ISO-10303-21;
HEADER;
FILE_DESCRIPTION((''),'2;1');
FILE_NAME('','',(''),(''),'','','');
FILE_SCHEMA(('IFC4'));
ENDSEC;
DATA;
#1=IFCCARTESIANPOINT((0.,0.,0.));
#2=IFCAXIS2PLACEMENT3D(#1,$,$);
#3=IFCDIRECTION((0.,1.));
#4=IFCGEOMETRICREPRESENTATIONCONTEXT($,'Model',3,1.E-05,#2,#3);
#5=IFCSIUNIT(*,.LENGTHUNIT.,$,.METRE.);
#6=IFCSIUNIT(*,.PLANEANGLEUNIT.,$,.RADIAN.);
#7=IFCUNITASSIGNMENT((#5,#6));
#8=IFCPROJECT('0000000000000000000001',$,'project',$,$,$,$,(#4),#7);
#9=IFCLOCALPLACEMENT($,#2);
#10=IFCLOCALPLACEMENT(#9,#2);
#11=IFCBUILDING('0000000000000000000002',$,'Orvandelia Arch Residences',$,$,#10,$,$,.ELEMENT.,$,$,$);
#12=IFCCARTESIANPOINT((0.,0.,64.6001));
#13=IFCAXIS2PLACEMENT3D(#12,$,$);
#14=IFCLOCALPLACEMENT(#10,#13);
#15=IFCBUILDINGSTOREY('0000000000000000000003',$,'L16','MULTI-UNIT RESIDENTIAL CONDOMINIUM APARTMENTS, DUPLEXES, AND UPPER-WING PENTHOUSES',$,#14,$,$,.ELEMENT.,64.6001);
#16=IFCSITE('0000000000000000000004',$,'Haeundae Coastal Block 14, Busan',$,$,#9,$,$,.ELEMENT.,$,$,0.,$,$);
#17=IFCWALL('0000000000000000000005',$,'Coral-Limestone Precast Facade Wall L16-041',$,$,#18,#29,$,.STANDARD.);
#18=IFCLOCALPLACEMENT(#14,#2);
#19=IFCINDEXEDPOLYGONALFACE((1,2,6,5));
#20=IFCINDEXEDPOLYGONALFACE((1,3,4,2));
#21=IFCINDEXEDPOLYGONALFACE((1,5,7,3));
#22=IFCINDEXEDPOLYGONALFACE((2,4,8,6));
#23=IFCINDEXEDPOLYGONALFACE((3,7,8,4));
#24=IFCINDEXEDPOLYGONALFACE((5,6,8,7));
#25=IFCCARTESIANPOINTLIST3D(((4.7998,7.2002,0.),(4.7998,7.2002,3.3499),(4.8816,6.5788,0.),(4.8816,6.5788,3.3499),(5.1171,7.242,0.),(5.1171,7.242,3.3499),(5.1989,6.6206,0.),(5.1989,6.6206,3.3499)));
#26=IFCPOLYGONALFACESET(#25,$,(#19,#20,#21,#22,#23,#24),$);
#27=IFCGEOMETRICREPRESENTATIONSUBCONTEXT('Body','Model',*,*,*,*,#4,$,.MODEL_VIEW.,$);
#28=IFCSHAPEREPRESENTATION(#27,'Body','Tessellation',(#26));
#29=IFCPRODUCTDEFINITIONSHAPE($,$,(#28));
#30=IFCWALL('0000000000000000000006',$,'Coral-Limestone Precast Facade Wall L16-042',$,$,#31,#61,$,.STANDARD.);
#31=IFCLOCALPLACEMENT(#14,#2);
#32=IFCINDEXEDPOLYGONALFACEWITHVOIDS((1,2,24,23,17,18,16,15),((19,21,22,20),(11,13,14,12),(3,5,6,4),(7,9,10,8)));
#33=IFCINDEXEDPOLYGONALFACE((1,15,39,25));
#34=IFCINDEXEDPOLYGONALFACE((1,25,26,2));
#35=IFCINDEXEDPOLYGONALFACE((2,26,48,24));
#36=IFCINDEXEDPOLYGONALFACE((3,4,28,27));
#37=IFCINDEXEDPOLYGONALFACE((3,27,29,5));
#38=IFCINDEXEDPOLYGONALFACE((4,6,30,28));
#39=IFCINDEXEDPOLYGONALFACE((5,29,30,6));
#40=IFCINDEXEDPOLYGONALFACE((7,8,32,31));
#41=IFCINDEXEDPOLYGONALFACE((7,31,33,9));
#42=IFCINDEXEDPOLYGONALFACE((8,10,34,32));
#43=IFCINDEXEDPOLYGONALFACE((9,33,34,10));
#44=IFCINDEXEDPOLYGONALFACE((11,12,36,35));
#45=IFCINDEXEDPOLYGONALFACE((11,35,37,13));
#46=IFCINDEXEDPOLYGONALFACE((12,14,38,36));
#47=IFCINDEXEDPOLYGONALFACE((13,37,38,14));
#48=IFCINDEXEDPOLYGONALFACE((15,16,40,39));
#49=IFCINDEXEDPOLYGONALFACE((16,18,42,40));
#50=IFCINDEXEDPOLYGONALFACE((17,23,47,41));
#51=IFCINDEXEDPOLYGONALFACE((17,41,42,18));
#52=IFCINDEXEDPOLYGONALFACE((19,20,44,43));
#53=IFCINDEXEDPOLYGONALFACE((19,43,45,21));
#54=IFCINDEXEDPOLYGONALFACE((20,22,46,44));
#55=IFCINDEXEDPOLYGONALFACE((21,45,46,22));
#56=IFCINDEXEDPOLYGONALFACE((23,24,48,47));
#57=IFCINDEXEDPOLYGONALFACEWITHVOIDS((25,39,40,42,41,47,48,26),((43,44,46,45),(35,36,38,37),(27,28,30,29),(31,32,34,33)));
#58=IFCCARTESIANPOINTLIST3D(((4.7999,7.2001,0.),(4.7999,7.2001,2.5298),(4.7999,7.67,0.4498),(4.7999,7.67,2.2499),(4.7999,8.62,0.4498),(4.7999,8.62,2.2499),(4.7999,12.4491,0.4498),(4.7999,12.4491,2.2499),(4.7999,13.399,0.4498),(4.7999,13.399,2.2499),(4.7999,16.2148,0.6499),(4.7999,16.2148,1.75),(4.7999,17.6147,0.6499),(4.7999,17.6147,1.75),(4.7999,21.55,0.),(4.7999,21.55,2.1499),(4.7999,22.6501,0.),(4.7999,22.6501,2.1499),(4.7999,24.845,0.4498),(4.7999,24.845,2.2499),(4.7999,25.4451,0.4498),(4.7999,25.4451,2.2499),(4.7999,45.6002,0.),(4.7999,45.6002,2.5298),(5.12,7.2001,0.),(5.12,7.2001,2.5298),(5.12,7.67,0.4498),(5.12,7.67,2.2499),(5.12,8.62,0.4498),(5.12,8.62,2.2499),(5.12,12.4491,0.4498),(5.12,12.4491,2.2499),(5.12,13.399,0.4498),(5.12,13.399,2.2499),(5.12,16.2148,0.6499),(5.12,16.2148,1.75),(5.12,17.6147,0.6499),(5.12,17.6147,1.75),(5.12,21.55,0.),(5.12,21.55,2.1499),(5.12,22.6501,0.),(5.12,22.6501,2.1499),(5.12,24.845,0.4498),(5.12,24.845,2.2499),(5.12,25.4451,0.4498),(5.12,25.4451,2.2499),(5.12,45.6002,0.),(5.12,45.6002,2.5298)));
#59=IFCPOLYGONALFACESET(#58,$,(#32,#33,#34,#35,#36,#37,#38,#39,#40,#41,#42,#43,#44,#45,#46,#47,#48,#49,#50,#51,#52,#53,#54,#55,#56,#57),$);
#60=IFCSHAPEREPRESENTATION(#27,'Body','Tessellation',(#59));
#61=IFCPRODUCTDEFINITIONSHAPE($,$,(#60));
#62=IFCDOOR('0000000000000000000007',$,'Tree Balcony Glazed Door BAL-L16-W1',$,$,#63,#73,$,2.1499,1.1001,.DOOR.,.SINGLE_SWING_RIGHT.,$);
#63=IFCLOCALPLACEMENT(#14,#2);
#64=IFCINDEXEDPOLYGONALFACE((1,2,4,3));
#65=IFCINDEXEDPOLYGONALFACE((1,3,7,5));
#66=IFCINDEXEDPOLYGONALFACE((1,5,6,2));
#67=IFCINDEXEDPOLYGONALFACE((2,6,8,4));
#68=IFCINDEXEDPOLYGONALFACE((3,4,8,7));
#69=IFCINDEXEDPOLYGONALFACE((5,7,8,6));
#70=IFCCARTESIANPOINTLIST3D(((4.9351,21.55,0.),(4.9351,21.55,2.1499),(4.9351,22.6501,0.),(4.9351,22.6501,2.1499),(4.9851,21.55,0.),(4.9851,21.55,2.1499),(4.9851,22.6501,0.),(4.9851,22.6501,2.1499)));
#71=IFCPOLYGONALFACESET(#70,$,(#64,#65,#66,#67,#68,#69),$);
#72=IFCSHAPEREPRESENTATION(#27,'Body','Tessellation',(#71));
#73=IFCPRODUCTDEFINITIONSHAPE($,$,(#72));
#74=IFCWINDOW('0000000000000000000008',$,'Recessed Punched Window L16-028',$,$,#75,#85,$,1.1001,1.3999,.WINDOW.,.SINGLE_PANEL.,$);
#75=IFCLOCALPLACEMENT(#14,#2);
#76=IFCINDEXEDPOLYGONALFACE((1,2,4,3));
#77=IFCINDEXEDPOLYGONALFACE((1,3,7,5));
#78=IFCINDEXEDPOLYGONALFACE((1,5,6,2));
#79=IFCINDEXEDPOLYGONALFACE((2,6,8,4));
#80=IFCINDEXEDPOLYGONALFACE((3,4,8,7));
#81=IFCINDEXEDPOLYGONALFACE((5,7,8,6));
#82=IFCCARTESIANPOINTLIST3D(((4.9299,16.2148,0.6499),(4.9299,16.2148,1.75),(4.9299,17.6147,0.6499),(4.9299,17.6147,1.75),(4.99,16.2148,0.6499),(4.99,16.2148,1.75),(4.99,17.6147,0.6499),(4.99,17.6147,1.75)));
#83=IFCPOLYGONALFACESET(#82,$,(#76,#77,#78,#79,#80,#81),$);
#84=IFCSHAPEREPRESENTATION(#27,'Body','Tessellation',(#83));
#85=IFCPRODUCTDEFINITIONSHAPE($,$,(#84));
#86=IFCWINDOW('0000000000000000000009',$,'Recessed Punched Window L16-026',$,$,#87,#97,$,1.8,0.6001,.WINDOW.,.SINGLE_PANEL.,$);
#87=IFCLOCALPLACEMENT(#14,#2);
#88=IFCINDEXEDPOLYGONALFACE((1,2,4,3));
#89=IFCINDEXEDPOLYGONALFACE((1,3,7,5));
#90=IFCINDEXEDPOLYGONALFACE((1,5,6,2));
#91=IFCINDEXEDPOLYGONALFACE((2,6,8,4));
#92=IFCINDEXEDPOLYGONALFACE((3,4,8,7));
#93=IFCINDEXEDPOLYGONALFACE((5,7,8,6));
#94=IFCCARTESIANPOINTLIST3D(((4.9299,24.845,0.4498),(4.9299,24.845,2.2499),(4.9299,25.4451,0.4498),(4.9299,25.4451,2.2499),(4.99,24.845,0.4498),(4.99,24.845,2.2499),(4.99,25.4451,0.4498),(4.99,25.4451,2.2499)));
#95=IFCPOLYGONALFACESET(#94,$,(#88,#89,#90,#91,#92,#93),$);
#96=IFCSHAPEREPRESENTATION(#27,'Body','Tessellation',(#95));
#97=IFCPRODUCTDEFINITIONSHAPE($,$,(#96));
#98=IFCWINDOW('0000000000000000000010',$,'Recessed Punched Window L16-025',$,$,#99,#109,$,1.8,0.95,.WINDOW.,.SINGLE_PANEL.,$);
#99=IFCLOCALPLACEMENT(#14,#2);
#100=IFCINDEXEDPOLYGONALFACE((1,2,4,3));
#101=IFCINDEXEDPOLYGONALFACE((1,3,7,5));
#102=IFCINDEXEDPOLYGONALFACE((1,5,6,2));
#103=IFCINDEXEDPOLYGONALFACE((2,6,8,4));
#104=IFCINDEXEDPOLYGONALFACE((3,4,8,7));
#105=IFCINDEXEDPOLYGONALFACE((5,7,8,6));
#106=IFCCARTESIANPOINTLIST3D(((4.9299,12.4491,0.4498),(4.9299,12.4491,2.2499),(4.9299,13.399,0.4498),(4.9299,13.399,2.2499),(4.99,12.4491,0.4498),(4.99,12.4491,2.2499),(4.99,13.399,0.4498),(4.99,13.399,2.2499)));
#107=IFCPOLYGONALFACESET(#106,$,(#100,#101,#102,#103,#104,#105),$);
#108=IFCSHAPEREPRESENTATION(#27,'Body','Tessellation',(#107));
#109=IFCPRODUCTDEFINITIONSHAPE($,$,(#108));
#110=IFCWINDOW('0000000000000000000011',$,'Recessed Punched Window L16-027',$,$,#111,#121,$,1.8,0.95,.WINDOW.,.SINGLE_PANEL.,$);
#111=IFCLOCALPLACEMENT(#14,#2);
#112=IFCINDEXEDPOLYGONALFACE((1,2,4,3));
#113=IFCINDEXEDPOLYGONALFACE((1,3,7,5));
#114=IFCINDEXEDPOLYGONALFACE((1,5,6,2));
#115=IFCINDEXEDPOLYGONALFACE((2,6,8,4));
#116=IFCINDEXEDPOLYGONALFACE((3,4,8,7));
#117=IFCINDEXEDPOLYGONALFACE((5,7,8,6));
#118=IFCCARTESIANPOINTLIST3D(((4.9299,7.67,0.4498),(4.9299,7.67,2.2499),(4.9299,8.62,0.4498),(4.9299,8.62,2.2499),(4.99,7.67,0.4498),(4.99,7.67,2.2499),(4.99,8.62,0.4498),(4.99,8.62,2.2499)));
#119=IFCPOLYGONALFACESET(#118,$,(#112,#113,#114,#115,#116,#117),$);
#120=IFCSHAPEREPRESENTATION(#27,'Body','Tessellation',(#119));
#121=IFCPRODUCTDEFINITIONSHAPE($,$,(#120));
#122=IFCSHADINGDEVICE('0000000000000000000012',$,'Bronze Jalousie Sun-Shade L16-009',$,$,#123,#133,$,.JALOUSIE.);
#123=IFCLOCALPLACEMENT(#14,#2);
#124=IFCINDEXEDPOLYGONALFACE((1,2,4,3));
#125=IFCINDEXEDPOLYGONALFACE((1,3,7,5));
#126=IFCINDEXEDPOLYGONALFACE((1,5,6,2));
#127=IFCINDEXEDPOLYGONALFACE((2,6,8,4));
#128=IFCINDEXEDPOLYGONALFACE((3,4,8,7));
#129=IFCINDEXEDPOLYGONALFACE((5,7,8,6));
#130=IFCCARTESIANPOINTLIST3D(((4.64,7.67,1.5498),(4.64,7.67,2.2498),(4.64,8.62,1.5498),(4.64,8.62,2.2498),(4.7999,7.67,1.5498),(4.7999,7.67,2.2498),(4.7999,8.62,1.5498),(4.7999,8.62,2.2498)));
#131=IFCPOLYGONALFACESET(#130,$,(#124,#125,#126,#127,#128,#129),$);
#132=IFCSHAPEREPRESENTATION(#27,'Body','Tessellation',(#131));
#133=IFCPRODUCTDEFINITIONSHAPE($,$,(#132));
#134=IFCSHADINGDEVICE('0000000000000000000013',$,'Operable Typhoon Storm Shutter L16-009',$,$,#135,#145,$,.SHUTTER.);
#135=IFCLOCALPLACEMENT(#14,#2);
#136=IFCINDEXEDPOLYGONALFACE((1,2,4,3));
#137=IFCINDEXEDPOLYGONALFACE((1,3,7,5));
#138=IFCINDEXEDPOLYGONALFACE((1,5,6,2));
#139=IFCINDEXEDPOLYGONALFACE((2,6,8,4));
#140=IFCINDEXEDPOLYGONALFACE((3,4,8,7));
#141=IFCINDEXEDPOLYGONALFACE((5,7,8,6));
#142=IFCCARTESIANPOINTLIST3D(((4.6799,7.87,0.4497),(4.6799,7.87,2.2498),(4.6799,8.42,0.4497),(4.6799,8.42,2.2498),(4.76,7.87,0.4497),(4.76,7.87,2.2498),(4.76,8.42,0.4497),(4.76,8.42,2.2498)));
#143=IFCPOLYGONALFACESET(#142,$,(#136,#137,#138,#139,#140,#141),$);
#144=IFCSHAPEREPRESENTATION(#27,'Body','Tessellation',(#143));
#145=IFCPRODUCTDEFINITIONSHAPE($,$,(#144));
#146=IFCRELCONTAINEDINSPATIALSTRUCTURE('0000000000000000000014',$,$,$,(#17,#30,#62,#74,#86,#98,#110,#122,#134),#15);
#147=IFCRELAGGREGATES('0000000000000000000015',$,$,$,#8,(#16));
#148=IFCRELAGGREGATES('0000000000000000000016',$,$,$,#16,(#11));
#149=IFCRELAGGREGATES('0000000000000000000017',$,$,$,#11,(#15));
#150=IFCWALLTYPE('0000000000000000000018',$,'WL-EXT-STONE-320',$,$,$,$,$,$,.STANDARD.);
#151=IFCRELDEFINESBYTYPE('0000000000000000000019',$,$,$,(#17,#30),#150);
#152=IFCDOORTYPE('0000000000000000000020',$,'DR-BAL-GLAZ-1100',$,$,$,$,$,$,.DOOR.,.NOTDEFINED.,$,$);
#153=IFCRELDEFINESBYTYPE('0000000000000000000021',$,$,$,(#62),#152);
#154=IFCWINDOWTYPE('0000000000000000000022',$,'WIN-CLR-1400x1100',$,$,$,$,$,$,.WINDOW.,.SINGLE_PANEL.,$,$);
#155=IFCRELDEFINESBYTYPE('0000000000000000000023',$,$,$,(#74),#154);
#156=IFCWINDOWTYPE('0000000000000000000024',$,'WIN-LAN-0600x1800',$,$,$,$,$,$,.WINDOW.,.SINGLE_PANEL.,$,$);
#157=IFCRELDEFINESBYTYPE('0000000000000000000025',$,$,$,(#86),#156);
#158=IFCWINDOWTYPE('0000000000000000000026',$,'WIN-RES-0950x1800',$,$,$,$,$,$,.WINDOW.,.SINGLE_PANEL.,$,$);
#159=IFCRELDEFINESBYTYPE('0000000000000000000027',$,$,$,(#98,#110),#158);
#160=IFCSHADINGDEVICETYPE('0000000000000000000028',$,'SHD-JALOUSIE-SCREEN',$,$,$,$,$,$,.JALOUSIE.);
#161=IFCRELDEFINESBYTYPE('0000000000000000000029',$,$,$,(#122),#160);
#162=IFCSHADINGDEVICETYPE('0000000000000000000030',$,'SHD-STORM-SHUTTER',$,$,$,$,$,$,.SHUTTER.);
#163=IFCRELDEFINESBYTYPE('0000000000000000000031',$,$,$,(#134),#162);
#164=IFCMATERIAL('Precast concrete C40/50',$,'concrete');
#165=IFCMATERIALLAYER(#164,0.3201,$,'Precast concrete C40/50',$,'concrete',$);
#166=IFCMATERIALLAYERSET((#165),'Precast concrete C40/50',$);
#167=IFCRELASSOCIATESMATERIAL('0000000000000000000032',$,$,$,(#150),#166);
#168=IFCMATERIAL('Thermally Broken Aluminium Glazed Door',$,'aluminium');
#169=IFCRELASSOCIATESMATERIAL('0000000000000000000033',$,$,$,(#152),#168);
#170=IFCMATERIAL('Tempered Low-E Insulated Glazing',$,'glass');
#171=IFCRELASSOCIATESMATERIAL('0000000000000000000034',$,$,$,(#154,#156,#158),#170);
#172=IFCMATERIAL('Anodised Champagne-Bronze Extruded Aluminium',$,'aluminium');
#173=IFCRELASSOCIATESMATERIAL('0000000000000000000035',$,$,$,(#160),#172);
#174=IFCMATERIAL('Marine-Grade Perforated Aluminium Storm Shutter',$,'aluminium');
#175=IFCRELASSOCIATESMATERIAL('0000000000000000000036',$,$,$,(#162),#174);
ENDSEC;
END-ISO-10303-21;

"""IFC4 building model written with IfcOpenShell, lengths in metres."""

from ifc_helpers import new_model, si_unit, direction, frame, frame_2d, origin, origin_2d, place, context, subcontext, project, spatial, rectangle, extrude, material, layer, layer_set, type_object, element, fill, save


model = new_model("IFC4")

# Units and contexts
model_context = context("Model", 3, precision=1e-05, world=origin(), true_north=direction((0.0, 1.0)))
body_context = subcontext(model_context, "Body", "Model", "MODEL_VIEW")
ifc_project = project(units=[si_unit("LENGTHUNIT", "METRE"), si_unit("PLANEANGLEUNIT", "RADIAN")], contexts=[model_context])

# Site, building, storey
site_placement = place(None, origin())
site = spatial("IfcSite", under=ifc_project, at=site_placement, Name="Haeundae Coastal Block 14, Busan", CompositionType="ELEMENT", RefElevation=0.0)
building_placement = place(site_placement, origin())
building = spatial("IfcBuilding", under=site, at=building_placement, Name="Orvandelia Arch Residences", CompositionType="ELEMENT")
storey_placement = place(building_placement, frame((0.0, 0.0, 64.6001)))
storey = spatial("IfcBuildingStorey", under=building, at=storey_placement, Name="L16", Description="MULTI-UNIT RESIDENTIAL CONDOMINIUM APARTMENTS, DUPLEXES, AND UPPER-WING PENTHOUSES", CompositionType="ELEMENT", Elevation=64.6001)

# Shared definitions
ifc_material_1 = material(Name="Precast concrete C40/50", Category="concrete")

# Wall
ifc_layer_1 = layer(ifc_material_1, 0.3201, Name="Precast concrete C40/50", Category="concrete")
ifc_layer_set_1 = layer_set([ifc_layer_1], Name="Precast concrete C40/50")
wall_type_1 = type_object("IfcWallType", Name="WL-EXT-STONE-320", PredefinedType="STANDARD", material=ifc_layer_set_1)
wall_1_placement = place(storey_placement, frame((5.0403, 6.5996, 0.0), z_axis=(0.0, 0.0, 1.0), x_axis=(-0.130505, 0.991448, 0.0)))
element("IfcWall", 1, at=wall_1_placement, inside=storey, type_object=wall_type_1, Name="Coral-Limestone Precast Facade Wall L16-041", PredefinedType="STANDARD", context=body_context, shape_type="SweptSolid", body=[
    extrude(rectangle(XDim=0.6267, YDim=0.3201, at=frame_2d((0.3135, 0.0))), origin(), (0.0, 0.0, 1.0), 3.3499),
])

# Wall, openings, door, windows
wall_2_placement = place(storey_placement, frame((4.96, 7.2, 0.0), z_axis=(0.0, 0.0, 1.0), x_axis=(0.0, 1.0, 0.0)))
wall_2 = element("IfcWall", 2, at=wall_2_placement, inside=storey, type_object=wall_type_1, Name="Coral-Limestone Precast Facade Wall L16-042", PredefinedType="STANDARD", context=body_context, shape_type="SweptSolid", body=[
    extrude(rectangle(XDim=38.4001, YDim=0.3201, at=frame_2d((19.2002, 0.0))), origin(), (0.0, 0.0, 1.0), 2.5298),
])
opening_1_placement = place(wall_2_placement, frame((14.3501, 0.0, 0.0)))
opening_1 = element("IfcOpeningElement", 3, at=opening_1_placement, cuts=wall_2, PredefinedType="OPENING", context=body_context, shape_type="SweptSolid", body=[
    extrude(rectangle(XDim=1.1001, YDim=2.1499, at=frame_2d((0.55, 1.075))), frame((0.0, 0.1699, 0.0), z_axis=(0.0, -1.0, 0.0), x_axis=(1.0, 0.0, 0.0)), (0.0, 0.0, 1.0), 0.3401),
])
opening_2_placement = place(wall_2_placement, frame((5.249, 0.0, 0.45)))
opening_2 = element("IfcOpeningElement", 4, at=opening_2_placement, cuts=wall_2, PredefinedType="OPENING", context=body_context, shape_type="SweptSolid", body=[
    extrude(rectangle(XDim=0.95, YDim=1.8, at=frame_2d((0.4751, 0.8999))), frame((0.0, 0.1699, 0.0), z_axis=(0.0, -1.0, 0.0), x_axis=(1.0, 0.0, 0.0)), (0.0, 0.0, 1.0), 0.3401),
])
opening_3_placement = place(wall_2_placement, frame((17.645, 0.0, 0.45)))
opening_3 = element("IfcOpeningElement", 5, at=opening_3_placement, cuts=wall_2, PredefinedType="OPENING", context=body_context, shape_type="SweptSolid", body=[
    extrude(rectangle(XDim=0.6001, YDim=1.8, at=frame_2d((0.3, 0.8999))), frame((0.0, 0.1699, 0.0), z_axis=(0.0, -1.0, 0.0), x_axis=(1.0, 0.0, 0.0)), (0.0, 0.0, 1.0), 0.3401),
])
opening_4_placement = place(wall_2_placement, frame((0.47, 0.0, 0.45)))
opening_4 = element("IfcOpeningElement", 6, at=opening_4_placement, cuts=wall_2, PredefinedType="OPENING", context=body_context, shape_type="SweptSolid", body=[
    extrude(rectangle(XDim=0.95, YDim=1.8, at=frame_2d((0.4751, 0.8999))), frame((0.0, 0.1699, 0.0), z_axis=(0.0, -1.0, 0.0), x_axis=(1.0, 0.0, 0.0)), (0.0, 0.0, 1.0), 0.3401),
])
opening_5_placement = place(wall_2_placement, frame((9.0149, 0.0, 0.6499)))
opening_5 = element("IfcOpeningElement", 7, at=opening_5_placement, cuts=wall_2, PredefinedType="OPENING", context=body_context, shape_type="SweptSolid", body=[
    extrude(rectangle(XDim=1.3999, YDim=1.1001, at=frame_2d((0.7, 0.55))), frame((0.0, 0.1699, 0.0), z_axis=(0.0, -1.0, 0.0), x_axis=(1.0, 0.0, 0.0)), (0.0, 0.0, 1.0), 0.3401),
])
ifc_material_2 = material(Name="Thermally Broken Aluminium Glazed Door", Category="aluminium")
door_type_1 = type_object("IfcDoorType", Name="DR-BAL-GLAZ-1100", OperationType="NOTDEFINED", PredefinedType="DOOR", material=ifc_material_2)
door_1_placement = place(opening_1_placement, origin())
door_1 = element("IfcDoor", 8, at=door_1_placement, inside=storey, type_object=door_type_1, Name="Tree Balcony Glazed Door BAL-L16-W1", OperationType="SINGLE_SWING_RIGHT", OverallHeight=2.1499, OverallWidth=1.1001, PredefinedType="DOOR", context=body_context, shape_type="SweptSolid", body=[
    extrude(rectangle(XDim=1.1001, YDim=2.1499, at=frame_2d((0.55, 1.075))), frame((0.0, 0.0249, 0.0), z_axis=(0.0, -1.0, 0.0), x_axis=(1.0, 0.0, 0.0)), (0.0, 0.0, 1.0), 0.05),
])
fill(opening_1, door_1)
ifc_material_3 = material(Name="Tempered Low-E Insulated Glazing", Category="glass")
window_type_1 = type_object("IfcWindowType", Name="WIN-CLR-1400x1100", PartitioningType="SINGLE_PANEL", PredefinedType="WINDOW", material=ifc_material_3)
window_1_placement = place(opening_5_placement, origin())
window_1 = element("IfcWindow", 9, at=window_1_placement, inside=storey, type_object=window_type_1, Name="Recessed Punched Window L16-028", OverallHeight=1.1001, OverallWidth=1.3999, PartitioningType="SINGLE_PANEL", PredefinedType="WINDOW", context=body_context, shape_type="SweptSolid", body=[
    extrude(rectangle(XDim=1.3999, YDim=1.1001, at=frame_2d((0.7, 0.55))), frame((0.0, 0.03, 0.0), z_axis=(0.0, -1.0, 0.0), x_axis=(1.0, 0.0, 0.0)), (0.0, 0.0, 1.0), 0.0601),
])
fill(opening_5, window_1)
window_type_2 = type_object("IfcWindowType", Name="WIN-LAN-0600x1800", PartitioningType="SINGLE_PANEL", PredefinedType="WINDOW", material=ifc_material_3)
window_2_placement = place(opening_3_placement, origin())
window_2 = element("IfcWindow", 10, at=window_2_placement, inside=storey, type_object=window_type_2, Name="Recessed Punched Window L16-026", OverallHeight=1.8, OverallWidth=0.6001, PartitioningType="SINGLE_PANEL", PredefinedType="WINDOW", context=body_context, shape_type="SweptSolid", body=[
    extrude(rectangle(XDim=0.6001, YDim=1.8, at=frame_2d((0.3, 0.8999))), frame((0.0, 0.03, 0.0), z_axis=(0.0, -1.0, 0.0), x_axis=(1.0, 0.0, 0.0)), (0.0, 0.0, 1.0), 0.0601),
])
fill(opening_3, window_2)
window_type_3 = type_object("IfcWindowType", Name="WIN-RES-0950x1800", PartitioningType="SINGLE_PANEL", PredefinedType="WINDOW", material=ifc_material_3)
window_3_placement = place(opening_2_placement, origin())
window_3 = element("IfcWindow", 11, at=window_3_placement, inside=storey, type_object=window_type_3, Name="Recessed Punched Window L16-025", OverallHeight=1.8, OverallWidth=0.95, PartitioningType="SINGLE_PANEL", PredefinedType="WINDOW", context=body_context, shape_type="SweptSolid", body=[
    extrude(rectangle(XDim=0.95, YDim=1.8, at=frame_2d((0.4751, 0.8999))), frame((0.0, 0.03, 0.0), z_axis=(0.0, -1.0, 0.0), x_axis=(1.0, 0.0, 0.0)), (0.0, 0.0, 1.0), 0.0601),
])
fill(opening_2, window_3)
window_4_placement = place(opening_4_placement, origin())
window_4 = element("IfcWindow", 12, at=window_4_placement, inside=storey, type_object=window_type_3, Name="Recessed Punched Window L16-027", OverallHeight=1.8, OverallWidth=0.95, PartitioningType="SINGLE_PANEL", PredefinedType="WINDOW", context=body_context, shape_type="SweptSolid", body=[
    extrude(rectangle(XDim=0.95, YDim=1.8, at=frame_2d((0.4751, 0.8999))), frame((0.0, 0.03, 0.0), z_axis=(0.0, -1.0, 0.0), x_axis=(1.0, 0.0, 0.0)), (0.0, 0.0, 1.0), 0.0601),
])
fill(opening_4, window_4)

# Shading devices
ifc_material_4 = material(Name="Anodised Champagne-Bronze Extruded Aluminium", Category="aluminium")
shading_device_type_1 = type_object("IfcShadingDeviceType", Name="SHD-JALOUSIE-SCREEN", PredefinedType="JALOUSIE", material=ifc_material_4)
shading_device_1_placement = place(storey_placement, frame((4.72, 8.145, 1.5498), z_axis=(0.0, 0.0, 1.0), x_axis=(0.0, 1.0, 0.0)))
element("IfcShadingDevice", 13, at=shading_device_1_placement, inside=storey, type_object=shading_device_type_1, Name="Bronze Jalousie Sun-Shade L16-009", PredefinedType="JALOUSIE", context=body_context, shape_type="SweptSolid", body=[
    extrude(rectangle(XDim=0.95, YDim=0.1599, at=origin_2d()), origin(), (0.0, 0.0, 1.0), 0.7),
])
ifc_material_5 = material(Name="Marine-Grade Perforated Aluminium Storm Shutter", Category="aluminium")
shading_device_type_2 = type_object("IfcShadingDeviceType", Name="SHD-STORM-SHUTTER", PredefinedType="SHUTTER", material=ifc_material_5)
shading_device_2_placement = place(storey_placement, frame((4.72, 8.145, 0.4497), z_axis=(0.0, 0.0, 1.0), x_axis=(0.0, 1.0, 0.0)))
element("IfcShadingDevice", 14, at=shading_device_2_placement, inside=storey, type_object=shading_device_type_2, Name="Operable Typhoon Storm Shutter L16-009", PredefinedType="SHUTTER", context=body_context, shape_type="SweptSolid", body=[
    extrude(rectangle(XDim=0.55, YDim=0.0801, at=origin_2d()), origin(), (0.0, 0.0, 1.0), 1.8),
])

save(model, "model.ifc")
